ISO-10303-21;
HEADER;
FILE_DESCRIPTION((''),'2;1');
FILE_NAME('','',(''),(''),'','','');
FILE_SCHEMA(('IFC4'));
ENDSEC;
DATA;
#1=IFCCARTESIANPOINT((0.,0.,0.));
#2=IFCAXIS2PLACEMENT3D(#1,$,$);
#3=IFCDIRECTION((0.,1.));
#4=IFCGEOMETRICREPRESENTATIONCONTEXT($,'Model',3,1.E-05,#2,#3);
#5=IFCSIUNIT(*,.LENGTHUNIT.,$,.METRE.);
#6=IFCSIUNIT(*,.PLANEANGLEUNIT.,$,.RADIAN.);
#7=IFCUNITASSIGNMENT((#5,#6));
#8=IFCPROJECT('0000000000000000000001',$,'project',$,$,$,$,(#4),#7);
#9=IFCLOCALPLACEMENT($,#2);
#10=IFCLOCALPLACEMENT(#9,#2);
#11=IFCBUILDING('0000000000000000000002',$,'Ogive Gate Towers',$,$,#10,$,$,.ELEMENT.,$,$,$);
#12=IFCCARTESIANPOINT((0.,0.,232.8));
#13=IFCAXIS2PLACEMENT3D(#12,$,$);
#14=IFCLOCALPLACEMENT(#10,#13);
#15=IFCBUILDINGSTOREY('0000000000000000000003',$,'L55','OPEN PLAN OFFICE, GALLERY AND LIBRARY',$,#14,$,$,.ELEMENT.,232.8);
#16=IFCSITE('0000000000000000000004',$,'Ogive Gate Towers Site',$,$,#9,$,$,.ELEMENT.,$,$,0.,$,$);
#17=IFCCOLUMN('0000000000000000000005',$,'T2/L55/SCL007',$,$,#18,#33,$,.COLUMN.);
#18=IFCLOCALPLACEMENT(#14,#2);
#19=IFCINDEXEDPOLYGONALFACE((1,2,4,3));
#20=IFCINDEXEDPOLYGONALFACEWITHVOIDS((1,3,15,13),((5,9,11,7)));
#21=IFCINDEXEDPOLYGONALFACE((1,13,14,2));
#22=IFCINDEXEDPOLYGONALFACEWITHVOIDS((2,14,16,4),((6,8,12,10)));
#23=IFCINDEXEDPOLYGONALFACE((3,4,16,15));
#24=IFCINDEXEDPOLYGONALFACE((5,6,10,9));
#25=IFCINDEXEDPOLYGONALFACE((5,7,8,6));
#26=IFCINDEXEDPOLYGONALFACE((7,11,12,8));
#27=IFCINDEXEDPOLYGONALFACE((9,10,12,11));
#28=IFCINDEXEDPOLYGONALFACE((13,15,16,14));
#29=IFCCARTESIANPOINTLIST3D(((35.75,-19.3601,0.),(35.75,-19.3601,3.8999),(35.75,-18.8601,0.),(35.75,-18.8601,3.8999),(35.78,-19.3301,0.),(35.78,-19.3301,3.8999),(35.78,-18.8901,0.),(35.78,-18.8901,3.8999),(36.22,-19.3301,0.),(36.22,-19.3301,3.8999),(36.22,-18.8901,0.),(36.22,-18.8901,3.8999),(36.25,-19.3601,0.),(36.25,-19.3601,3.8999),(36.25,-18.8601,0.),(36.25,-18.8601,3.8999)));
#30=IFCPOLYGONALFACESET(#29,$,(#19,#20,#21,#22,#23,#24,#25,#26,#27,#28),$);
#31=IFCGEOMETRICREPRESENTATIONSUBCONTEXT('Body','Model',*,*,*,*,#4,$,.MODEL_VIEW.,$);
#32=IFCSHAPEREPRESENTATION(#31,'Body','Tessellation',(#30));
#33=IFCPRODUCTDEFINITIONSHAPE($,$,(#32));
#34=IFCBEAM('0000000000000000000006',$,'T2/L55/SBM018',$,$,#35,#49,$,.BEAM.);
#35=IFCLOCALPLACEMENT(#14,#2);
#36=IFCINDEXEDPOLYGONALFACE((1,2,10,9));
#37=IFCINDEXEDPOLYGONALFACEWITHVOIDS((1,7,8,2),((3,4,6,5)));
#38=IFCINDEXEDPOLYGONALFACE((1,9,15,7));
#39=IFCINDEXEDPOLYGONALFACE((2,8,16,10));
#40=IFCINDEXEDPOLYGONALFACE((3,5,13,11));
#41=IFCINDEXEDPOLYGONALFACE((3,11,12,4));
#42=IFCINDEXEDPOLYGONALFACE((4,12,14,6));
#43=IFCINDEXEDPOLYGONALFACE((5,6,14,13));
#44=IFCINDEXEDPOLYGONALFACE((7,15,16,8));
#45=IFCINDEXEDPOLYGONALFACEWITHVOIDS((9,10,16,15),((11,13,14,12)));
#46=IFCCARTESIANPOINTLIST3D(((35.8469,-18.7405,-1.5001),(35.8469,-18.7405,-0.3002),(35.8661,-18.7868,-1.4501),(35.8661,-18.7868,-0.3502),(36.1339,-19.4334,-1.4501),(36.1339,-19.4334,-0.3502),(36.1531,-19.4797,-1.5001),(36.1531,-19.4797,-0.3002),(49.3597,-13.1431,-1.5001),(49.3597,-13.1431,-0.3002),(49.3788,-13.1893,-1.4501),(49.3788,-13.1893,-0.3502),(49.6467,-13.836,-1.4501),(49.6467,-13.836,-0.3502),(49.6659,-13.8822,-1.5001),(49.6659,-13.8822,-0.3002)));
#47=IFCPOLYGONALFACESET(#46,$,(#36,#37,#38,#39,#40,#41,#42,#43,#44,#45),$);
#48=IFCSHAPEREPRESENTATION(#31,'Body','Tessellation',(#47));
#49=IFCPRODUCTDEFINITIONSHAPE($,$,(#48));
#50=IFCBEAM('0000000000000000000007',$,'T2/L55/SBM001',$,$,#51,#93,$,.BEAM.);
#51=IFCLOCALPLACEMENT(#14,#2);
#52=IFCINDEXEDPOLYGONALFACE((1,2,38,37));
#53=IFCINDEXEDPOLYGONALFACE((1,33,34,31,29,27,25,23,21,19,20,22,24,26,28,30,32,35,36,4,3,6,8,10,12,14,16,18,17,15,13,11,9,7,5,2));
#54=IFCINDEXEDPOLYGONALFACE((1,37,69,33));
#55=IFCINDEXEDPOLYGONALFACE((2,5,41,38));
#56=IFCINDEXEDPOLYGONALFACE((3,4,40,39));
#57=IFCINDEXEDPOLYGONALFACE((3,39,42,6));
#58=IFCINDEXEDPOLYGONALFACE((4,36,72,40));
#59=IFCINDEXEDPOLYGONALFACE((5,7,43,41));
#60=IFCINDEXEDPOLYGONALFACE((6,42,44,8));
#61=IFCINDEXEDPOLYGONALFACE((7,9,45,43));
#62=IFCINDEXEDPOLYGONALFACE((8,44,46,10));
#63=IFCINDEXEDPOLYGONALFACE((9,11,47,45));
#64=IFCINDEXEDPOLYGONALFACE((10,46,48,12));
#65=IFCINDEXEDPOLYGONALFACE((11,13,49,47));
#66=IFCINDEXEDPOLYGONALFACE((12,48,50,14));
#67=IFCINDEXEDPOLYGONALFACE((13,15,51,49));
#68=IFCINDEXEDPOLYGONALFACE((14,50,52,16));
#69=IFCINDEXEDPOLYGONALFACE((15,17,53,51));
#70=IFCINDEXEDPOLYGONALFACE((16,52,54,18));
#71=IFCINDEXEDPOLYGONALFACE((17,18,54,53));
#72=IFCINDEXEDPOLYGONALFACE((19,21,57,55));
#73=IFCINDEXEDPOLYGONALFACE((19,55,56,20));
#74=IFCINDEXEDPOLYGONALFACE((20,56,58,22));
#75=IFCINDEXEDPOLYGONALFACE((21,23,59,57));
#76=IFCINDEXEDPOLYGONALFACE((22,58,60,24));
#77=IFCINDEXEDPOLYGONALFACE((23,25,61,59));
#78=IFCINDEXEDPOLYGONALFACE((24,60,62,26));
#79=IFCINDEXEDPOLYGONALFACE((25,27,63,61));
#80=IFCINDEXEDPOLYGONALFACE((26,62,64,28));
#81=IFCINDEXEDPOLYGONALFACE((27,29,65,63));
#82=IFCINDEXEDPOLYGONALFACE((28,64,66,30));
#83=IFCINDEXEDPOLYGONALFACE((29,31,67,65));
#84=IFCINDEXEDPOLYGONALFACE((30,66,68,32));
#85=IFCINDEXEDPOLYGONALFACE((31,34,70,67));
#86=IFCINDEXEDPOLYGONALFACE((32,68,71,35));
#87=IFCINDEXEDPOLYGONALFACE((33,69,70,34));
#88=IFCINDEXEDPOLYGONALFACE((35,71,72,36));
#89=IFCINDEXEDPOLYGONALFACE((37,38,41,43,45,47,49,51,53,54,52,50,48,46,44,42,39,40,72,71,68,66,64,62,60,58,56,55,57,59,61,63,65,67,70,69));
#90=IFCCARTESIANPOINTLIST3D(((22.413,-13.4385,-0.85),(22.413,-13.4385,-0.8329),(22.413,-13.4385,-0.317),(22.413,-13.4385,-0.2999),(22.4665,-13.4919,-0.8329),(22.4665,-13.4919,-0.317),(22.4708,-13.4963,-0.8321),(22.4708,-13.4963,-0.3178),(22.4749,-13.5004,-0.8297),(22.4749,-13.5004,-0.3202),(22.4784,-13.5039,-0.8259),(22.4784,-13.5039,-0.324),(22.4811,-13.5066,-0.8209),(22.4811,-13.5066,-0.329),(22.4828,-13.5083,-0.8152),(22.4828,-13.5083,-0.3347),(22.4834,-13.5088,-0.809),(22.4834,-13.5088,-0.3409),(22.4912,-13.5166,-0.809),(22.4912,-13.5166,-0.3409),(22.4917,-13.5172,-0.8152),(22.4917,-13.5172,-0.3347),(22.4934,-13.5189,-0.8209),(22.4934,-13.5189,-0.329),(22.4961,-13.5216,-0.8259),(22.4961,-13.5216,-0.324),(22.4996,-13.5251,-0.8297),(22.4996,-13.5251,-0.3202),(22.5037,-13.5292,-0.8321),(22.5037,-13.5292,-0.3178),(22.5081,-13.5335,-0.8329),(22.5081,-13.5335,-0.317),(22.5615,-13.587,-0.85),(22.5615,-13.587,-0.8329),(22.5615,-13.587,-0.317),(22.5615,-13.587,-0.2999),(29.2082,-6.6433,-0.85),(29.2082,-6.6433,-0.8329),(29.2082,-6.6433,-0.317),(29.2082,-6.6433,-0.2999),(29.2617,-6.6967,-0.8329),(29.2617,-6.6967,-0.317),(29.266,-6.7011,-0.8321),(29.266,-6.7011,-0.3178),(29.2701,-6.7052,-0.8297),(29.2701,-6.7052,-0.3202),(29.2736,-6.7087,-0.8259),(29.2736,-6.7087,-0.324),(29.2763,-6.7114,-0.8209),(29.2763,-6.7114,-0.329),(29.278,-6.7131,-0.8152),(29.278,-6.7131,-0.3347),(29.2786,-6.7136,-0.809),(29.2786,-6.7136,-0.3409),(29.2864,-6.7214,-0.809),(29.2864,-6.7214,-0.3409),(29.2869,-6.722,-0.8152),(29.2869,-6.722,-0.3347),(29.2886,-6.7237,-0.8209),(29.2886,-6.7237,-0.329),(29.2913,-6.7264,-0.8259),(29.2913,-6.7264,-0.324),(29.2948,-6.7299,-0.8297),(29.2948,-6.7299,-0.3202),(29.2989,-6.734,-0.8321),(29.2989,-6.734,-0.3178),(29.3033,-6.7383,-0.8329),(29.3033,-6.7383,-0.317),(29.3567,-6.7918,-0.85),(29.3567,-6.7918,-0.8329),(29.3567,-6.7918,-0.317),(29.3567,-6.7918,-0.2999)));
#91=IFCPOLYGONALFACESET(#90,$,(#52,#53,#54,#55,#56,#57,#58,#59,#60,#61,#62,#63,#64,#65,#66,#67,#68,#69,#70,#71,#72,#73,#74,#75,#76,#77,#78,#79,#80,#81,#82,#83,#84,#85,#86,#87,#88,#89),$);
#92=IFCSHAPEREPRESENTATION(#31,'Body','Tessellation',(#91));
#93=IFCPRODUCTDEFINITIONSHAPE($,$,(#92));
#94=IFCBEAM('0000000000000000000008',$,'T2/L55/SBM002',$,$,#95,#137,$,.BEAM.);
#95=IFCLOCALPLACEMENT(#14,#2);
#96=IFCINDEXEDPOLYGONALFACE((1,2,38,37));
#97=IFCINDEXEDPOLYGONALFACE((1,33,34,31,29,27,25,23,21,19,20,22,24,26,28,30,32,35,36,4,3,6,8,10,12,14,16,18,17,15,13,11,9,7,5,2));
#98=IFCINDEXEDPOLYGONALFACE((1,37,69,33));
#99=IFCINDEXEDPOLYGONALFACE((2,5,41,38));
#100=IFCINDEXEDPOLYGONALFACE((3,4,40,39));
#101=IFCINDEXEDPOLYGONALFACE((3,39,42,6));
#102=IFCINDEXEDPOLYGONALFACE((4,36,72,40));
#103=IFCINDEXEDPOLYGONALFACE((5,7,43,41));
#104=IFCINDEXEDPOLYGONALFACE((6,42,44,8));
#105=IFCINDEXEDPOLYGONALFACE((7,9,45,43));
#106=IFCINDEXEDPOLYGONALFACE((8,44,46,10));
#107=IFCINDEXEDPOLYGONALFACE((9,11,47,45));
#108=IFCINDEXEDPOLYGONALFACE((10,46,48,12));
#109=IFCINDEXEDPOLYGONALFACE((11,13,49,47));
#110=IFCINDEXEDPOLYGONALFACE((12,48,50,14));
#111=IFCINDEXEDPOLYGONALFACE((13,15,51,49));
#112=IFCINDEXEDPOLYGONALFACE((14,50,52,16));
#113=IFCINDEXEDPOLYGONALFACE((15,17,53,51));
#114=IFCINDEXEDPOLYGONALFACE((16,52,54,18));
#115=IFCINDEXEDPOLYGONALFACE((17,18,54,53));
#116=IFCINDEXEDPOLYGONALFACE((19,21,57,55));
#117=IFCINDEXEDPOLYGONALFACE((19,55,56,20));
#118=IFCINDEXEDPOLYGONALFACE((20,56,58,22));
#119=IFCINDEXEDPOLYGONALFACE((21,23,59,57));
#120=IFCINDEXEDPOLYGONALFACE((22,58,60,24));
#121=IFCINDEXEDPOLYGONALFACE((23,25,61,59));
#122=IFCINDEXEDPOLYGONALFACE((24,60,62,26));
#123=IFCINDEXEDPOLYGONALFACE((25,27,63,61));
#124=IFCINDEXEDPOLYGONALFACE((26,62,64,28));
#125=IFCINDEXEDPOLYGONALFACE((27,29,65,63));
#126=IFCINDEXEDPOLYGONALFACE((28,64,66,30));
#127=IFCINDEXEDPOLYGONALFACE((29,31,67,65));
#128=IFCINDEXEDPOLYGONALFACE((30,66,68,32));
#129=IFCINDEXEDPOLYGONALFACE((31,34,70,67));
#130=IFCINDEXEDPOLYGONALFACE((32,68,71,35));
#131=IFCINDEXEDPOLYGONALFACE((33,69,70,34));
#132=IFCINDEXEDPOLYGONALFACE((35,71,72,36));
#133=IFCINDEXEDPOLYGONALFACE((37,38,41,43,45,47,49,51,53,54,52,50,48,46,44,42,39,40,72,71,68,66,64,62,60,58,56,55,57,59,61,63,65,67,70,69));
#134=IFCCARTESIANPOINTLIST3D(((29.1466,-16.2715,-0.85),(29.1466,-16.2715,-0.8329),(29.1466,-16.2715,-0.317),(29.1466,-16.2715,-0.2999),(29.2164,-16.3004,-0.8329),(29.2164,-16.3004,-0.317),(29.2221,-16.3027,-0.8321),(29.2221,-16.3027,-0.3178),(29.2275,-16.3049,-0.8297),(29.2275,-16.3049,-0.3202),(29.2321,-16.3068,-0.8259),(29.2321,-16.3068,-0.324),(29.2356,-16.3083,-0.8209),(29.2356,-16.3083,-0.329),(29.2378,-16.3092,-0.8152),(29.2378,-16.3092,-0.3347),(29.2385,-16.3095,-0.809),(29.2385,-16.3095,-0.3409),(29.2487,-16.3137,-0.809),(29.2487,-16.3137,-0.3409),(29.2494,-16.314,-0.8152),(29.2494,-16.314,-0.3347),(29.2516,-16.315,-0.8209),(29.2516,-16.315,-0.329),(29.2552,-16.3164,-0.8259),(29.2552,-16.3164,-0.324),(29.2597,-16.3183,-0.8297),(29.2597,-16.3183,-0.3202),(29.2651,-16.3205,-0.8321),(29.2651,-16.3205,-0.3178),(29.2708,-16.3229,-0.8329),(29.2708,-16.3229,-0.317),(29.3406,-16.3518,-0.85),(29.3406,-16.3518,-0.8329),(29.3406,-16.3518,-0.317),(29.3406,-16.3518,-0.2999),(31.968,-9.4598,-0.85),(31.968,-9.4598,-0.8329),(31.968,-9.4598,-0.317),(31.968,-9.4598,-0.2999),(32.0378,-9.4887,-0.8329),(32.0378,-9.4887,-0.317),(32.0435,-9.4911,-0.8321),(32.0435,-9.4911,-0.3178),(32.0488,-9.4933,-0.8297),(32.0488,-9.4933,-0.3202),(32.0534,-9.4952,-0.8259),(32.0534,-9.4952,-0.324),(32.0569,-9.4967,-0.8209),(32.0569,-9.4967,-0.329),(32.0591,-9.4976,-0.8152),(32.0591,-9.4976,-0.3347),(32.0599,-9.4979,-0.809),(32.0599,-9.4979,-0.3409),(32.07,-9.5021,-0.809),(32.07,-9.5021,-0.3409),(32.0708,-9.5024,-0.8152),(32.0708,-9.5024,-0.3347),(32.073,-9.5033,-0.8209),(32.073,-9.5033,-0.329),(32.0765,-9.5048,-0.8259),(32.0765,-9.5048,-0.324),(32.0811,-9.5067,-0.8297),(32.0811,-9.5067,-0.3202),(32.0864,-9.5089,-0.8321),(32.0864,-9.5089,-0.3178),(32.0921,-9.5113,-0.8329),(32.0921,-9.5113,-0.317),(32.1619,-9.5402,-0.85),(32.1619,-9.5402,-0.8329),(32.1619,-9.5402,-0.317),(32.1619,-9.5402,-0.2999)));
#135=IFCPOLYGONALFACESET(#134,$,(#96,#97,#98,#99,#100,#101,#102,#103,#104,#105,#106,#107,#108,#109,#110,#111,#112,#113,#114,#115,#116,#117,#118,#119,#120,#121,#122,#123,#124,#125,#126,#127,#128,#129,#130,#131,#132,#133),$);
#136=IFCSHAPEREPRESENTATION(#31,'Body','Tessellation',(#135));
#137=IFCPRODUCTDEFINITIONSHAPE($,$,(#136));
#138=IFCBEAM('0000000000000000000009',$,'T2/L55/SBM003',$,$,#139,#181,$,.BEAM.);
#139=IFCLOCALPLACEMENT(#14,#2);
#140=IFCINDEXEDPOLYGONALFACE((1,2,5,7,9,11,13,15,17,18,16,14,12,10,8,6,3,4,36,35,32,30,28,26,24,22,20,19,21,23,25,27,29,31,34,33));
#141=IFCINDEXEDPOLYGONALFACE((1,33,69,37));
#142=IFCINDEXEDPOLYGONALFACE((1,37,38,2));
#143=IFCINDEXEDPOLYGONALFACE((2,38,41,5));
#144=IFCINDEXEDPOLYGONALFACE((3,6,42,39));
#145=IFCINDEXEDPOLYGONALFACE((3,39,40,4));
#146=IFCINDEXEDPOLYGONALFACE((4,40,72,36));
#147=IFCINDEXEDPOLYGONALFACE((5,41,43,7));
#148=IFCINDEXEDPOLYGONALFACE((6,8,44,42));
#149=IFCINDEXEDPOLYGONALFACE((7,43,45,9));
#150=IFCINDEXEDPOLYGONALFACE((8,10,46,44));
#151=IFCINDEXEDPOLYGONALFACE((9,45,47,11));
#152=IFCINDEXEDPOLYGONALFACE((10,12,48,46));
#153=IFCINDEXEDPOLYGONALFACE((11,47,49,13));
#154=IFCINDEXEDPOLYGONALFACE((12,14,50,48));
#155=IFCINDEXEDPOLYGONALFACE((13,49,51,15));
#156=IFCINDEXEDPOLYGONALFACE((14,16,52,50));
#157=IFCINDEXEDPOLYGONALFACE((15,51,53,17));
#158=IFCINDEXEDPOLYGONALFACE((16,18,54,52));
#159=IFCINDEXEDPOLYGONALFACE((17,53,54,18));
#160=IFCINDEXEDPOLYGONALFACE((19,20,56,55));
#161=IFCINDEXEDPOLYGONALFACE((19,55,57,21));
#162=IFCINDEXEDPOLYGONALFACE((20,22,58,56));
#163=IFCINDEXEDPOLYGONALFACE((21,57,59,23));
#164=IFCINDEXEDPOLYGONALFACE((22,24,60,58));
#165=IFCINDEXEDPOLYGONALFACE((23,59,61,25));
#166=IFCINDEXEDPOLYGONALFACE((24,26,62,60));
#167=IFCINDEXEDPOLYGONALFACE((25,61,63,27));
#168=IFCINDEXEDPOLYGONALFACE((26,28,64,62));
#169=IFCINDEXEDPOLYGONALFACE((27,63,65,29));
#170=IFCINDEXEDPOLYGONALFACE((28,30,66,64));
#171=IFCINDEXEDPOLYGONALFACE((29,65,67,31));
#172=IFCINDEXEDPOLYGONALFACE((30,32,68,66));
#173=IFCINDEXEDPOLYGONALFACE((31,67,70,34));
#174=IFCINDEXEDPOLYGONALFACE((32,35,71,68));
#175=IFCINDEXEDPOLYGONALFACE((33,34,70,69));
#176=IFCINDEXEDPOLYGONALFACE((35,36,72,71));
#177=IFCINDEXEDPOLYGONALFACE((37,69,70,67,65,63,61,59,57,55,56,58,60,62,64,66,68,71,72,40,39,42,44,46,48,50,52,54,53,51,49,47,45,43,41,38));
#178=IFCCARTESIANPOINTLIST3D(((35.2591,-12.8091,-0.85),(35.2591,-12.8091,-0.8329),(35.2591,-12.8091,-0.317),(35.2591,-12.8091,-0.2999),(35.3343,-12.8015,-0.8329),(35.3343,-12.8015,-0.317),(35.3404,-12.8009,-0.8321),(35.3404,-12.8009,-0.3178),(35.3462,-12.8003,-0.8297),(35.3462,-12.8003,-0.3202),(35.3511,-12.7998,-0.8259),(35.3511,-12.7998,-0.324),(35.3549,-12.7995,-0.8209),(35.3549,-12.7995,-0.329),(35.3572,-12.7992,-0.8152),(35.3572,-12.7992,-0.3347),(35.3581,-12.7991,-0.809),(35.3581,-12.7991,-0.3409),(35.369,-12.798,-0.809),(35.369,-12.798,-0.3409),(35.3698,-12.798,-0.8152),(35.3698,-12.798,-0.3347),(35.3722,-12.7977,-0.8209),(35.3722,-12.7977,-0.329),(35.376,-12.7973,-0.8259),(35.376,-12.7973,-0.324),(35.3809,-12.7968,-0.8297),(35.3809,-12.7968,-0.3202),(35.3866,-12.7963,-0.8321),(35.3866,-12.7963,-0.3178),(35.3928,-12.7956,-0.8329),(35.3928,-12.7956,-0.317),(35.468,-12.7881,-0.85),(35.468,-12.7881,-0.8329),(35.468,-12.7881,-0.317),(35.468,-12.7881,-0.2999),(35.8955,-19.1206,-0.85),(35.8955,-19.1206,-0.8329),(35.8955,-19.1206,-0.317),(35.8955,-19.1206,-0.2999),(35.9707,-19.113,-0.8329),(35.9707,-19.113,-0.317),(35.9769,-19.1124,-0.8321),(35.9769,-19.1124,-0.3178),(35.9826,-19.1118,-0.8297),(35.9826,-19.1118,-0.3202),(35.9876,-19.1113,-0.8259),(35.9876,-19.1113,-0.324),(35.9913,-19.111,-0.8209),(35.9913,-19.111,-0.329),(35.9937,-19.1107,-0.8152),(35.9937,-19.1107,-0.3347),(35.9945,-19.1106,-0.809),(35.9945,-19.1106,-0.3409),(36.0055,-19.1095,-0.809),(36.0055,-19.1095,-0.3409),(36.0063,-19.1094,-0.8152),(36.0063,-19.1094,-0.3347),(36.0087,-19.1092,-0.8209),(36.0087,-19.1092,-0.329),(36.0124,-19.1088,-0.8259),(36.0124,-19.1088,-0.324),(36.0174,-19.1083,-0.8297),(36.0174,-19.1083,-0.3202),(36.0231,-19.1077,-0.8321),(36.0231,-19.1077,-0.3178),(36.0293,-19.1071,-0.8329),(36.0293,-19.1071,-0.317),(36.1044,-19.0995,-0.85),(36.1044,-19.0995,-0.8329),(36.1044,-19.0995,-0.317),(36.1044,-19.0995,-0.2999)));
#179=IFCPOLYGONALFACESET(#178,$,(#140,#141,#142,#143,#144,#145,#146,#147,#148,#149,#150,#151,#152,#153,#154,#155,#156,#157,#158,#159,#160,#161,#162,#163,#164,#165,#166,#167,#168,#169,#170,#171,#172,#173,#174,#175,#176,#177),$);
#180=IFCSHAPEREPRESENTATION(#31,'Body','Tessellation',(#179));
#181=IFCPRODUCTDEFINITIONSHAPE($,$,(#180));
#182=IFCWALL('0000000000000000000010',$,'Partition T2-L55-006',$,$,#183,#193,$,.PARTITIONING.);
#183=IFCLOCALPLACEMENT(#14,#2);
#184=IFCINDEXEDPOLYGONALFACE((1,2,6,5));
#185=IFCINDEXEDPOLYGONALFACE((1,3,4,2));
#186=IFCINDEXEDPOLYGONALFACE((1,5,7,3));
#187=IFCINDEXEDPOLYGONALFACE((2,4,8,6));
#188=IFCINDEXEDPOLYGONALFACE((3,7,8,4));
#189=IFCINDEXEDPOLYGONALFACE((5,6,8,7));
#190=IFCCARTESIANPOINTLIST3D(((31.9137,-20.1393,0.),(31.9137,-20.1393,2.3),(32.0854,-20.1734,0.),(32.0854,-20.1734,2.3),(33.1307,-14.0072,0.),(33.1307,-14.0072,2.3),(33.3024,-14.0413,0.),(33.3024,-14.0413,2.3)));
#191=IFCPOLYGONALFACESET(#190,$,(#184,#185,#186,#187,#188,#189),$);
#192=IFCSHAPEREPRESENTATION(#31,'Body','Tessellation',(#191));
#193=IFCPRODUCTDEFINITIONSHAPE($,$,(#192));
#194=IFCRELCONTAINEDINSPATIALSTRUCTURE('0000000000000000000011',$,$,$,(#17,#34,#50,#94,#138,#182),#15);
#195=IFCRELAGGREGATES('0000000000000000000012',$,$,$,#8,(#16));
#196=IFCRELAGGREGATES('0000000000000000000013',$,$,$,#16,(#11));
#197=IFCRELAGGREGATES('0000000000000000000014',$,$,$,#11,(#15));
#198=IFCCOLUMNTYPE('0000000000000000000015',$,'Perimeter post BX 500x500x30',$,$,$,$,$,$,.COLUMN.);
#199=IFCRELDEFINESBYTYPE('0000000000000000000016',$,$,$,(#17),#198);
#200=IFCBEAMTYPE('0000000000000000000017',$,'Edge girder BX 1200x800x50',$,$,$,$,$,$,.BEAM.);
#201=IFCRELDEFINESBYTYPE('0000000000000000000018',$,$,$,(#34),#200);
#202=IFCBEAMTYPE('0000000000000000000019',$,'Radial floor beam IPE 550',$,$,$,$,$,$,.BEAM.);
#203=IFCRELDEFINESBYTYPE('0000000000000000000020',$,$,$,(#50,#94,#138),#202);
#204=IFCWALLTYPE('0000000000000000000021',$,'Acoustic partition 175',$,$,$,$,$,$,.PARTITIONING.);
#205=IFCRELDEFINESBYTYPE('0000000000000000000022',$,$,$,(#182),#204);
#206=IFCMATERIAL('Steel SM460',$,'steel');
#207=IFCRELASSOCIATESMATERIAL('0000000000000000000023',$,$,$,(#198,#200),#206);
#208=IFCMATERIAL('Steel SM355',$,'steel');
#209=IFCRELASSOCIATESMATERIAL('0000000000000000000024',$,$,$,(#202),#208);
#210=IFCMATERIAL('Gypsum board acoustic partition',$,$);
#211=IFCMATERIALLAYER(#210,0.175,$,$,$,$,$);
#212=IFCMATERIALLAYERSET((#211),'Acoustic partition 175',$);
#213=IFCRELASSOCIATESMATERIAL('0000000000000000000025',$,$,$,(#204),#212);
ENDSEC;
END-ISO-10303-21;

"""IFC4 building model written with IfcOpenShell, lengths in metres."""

from ifc_helpers import new_model, si_unit, direction, frame, frame_2d, origin, origin_2d, place, context, subcontext, project, spatial, rectangle, hollow_rectangle, i_section, extrude, material, layer, layer_set, material_profile, profile_set, type_object, element, save


model = new_model("IFC4")

# Units and contexts
model_context = context("Model", 3, precision=1e-05, world=origin(), true_north=direction((0.0, 1.0)))
body_context = subcontext(model_context, "Body", "Model", "MODEL_VIEW")
ifc_project = project(units=[si_unit("LENGTHUNIT", "METRE"), si_unit("PLANEANGLEUNIT", "RADIAN")], contexts=[model_context])

# Site, building, storey
site_placement = place(None, origin())
site = spatial("IfcSite", under=ifc_project, at=site_placement, Name="Ogive Gate Towers Site", CompositionType="ELEMENT", RefElevation=0.0)
building_placement = place(site_placement, origin())
building = spatial("IfcBuilding", under=site, at=building_placement, Name="Ogive Gate Towers", CompositionType="ELEMENT")
storey_placement = place(building_placement, frame((0.0, 0.0, 232.8)))
storey = spatial("IfcBuildingStorey", under=building, at=storey_placement, Name="L55", Description="OPEN PLAN OFFICE, GALLERY AND LIBRARY", CompositionType="ELEMENT", Elevation=232.8)

# Column
ifc_material_1 = material(Name="Steel SM460", Category="steel")
ifc_material_profile_1 = material_profile(ifc_material_1, hollow_rectangle(XDim=0.5, YDim=0.5, WallThickness=0.03, at=origin_2d()), Name="BX 500x500x30")
ifc_profile_set_1 = profile_set([ifc_material_profile_1], Name="Steel SM460")
column_type = type_object("IfcColumnType", Name="Perimeter post BX 500x500x30", PredefinedType="COLUMN", material=ifc_profile_set_1)
column_placement = place(storey_placement, frame((36.0, -19.1101, 0.0), z_axis=(0.0, 0.0, 1.0), x_axis=(1.0, 0.0, 0.0)))
element("IfcColumn", 1, at=column_placement, inside=storey, type_object=column_type, Name="T2/L55/SCL007", PredefinedType="COLUMN", context=body_context, shape_type="SweptSolid", body=[
    extrude(hollow_rectangle(XDim=0.5, YDim=0.5, WallThickness=0.03, at=origin_2d()), origin(), (0.0, 0.0, 1.0), 3.8999),
])

# Beams
ifc_material_profile_2 = material_profile(ifc_material_1, hollow_rectangle(XDim=0.8, YDim=1.2, WallThickness=0.05, at=origin_2d()), Name="BX 1200x800x50")
ifc_profile_set_2 = profile_set([ifc_material_profile_2], Name="Steel SM460")
beam_type_1 = type_object("IfcBeamType", Name="Edge girder BX 1200x800x50", PredefinedType="BEAM", material=ifc_profile_set_2)
beam_1_placement = place(storey_placement, frame((36.0, -19.1101, -0.9001), z_axis=(0.923873, 0.382699, 0.0), x_axis=(-0.382699, 0.923873, 0.0)))
element("IfcBeam", 2, at=beam_1_placement, inside=storey, type_object=beam_type_1, Name="T2/L55/SBM018", PredefinedType="BEAM", context=body_context, shape_type="SweptSolid", body=[
    extrude(hollow_rectangle(XDim=0.8, YDim=1.2, WallThickness=0.05, at=origin_2d()), origin(), (0.0, 0.0, 1.0), 14.6262),
])
ifc_material_2 = material(Name="Steel SM355", Category="steel")
ifc_material_profile_3 = material_profile(ifc_material_2, i_section(OverallWidth=0.21, OverallDepth=0.55, WebThickness=0.011, FlangeThickness=0.0171, FilletRadius=0.0239, at=origin_2d()), Name="IPE 550")
ifc_profile_set_3 = profile_set([ifc_material_profile_3], Name="Steel SM355")
beam_type_2 = type_object("IfcBeamType", Name="Radial floor beam IPE 550", PredefinedType="BEAM", material=ifc_profile_set_3)
beam_2_placement = place(storey_placement, frame((29.2825, -6.7175, -0.575), z_axis=(-0.707107, -0.707107, 0.0), x_axis=(0.707107, -0.707107, 0.0)))
element("IfcBeam", 3, at=beam_2_placement, inside=storey, type_object=beam_type_2, Name="T2/L55/SBM001", PredefinedType="BEAM", context=body_context, shape_type="SweptSolid", body=[
    extrude(i_section(OverallWidth=0.21, OverallDepth=0.55, WebThickness=0.011, FlangeThickness=0.0171, FilletRadius=0.0239, at=origin_2d()), origin(), (0.0, 0.0, 1.0), 9.6099),
])
beam_3_placement = place(storey_placement, frame((32.0649, -9.5, -0.575), z_axis=(-0.382668, -0.923886, 0.0), x_axis=(0.923886, -0.382668, 0.0)))
element("IfcBeam", 4, at=beam_3_placement, inside=storey, type_object=beam_type_2, Name="T2/L55/SBM002", PredefinedType="BEAM", context=body_context, shape_type="SweptSolid", body=[
    extrude(i_section(OverallWidth=0.21, OverallDepth=0.55, WebThickness=0.011, FlangeThickness=0.0171, FilletRadius=0.0239, at=origin_2d()), origin(), (0.0, 0.0, 1.0), 7.3728),
])
beam_4_placement = place(storey_placement, frame((35.3635, -12.7986, -0.575), z_axis=(0.100334, -0.994954, 0.0), x_axis=(0.994954, 0.100334, 0.0)))
element("IfcBeam", 5, at=beam_4_placement, inside=storey, type_object=beam_type_2, Name="T2/L55/SBM003", PredefinedType="BEAM", context=body_context, shape_type="SweptSolid", body=[
    extrude(i_section(OverallWidth=0.21, OverallDepth=0.55, WebThickness=0.011, FlangeThickness=0.0171, FilletRadius=0.0239, at=origin_2d()), origin(), (0.0, 0.0, 1.0), 6.3435),
])

# Wall
ifc_material_3 = material(Name="Gypsum board acoustic partition")
ifc_layer_1 = layer(ifc_material_3, 0.175)
ifc_layer_set_1 = layer_set([ifc_layer_1], Name="Acoustic partition 175")
wall_type_1 = type_object("IfcWallType", Name="Acoustic partition 175", PredefinedType="PARTITIONING", material=ifc_layer_set_1)
wall_1_placement = place(storey_placement, frame((31.9995, -20.1565, 0.0), z_axis=(0.0, 0.0, 1.0), x_axis=(0.194674, 0.980868, 0.0)))
element("IfcWall", 6, at=wall_1_placement, inside=storey, type_object=wall_type_1, Name="Partition T2-L55-006", PredefinedType="PARTITIONING", context=body_context, shape_type="SweptSolid", body=[
    extrude(rectangle(XDim=6.2517, YDim=0.175, at=frame_2d((3.126, 0.0))), origin(), (0.0, 0.0, 1.0), 2.3),
])

save(model, "model.ifc")
